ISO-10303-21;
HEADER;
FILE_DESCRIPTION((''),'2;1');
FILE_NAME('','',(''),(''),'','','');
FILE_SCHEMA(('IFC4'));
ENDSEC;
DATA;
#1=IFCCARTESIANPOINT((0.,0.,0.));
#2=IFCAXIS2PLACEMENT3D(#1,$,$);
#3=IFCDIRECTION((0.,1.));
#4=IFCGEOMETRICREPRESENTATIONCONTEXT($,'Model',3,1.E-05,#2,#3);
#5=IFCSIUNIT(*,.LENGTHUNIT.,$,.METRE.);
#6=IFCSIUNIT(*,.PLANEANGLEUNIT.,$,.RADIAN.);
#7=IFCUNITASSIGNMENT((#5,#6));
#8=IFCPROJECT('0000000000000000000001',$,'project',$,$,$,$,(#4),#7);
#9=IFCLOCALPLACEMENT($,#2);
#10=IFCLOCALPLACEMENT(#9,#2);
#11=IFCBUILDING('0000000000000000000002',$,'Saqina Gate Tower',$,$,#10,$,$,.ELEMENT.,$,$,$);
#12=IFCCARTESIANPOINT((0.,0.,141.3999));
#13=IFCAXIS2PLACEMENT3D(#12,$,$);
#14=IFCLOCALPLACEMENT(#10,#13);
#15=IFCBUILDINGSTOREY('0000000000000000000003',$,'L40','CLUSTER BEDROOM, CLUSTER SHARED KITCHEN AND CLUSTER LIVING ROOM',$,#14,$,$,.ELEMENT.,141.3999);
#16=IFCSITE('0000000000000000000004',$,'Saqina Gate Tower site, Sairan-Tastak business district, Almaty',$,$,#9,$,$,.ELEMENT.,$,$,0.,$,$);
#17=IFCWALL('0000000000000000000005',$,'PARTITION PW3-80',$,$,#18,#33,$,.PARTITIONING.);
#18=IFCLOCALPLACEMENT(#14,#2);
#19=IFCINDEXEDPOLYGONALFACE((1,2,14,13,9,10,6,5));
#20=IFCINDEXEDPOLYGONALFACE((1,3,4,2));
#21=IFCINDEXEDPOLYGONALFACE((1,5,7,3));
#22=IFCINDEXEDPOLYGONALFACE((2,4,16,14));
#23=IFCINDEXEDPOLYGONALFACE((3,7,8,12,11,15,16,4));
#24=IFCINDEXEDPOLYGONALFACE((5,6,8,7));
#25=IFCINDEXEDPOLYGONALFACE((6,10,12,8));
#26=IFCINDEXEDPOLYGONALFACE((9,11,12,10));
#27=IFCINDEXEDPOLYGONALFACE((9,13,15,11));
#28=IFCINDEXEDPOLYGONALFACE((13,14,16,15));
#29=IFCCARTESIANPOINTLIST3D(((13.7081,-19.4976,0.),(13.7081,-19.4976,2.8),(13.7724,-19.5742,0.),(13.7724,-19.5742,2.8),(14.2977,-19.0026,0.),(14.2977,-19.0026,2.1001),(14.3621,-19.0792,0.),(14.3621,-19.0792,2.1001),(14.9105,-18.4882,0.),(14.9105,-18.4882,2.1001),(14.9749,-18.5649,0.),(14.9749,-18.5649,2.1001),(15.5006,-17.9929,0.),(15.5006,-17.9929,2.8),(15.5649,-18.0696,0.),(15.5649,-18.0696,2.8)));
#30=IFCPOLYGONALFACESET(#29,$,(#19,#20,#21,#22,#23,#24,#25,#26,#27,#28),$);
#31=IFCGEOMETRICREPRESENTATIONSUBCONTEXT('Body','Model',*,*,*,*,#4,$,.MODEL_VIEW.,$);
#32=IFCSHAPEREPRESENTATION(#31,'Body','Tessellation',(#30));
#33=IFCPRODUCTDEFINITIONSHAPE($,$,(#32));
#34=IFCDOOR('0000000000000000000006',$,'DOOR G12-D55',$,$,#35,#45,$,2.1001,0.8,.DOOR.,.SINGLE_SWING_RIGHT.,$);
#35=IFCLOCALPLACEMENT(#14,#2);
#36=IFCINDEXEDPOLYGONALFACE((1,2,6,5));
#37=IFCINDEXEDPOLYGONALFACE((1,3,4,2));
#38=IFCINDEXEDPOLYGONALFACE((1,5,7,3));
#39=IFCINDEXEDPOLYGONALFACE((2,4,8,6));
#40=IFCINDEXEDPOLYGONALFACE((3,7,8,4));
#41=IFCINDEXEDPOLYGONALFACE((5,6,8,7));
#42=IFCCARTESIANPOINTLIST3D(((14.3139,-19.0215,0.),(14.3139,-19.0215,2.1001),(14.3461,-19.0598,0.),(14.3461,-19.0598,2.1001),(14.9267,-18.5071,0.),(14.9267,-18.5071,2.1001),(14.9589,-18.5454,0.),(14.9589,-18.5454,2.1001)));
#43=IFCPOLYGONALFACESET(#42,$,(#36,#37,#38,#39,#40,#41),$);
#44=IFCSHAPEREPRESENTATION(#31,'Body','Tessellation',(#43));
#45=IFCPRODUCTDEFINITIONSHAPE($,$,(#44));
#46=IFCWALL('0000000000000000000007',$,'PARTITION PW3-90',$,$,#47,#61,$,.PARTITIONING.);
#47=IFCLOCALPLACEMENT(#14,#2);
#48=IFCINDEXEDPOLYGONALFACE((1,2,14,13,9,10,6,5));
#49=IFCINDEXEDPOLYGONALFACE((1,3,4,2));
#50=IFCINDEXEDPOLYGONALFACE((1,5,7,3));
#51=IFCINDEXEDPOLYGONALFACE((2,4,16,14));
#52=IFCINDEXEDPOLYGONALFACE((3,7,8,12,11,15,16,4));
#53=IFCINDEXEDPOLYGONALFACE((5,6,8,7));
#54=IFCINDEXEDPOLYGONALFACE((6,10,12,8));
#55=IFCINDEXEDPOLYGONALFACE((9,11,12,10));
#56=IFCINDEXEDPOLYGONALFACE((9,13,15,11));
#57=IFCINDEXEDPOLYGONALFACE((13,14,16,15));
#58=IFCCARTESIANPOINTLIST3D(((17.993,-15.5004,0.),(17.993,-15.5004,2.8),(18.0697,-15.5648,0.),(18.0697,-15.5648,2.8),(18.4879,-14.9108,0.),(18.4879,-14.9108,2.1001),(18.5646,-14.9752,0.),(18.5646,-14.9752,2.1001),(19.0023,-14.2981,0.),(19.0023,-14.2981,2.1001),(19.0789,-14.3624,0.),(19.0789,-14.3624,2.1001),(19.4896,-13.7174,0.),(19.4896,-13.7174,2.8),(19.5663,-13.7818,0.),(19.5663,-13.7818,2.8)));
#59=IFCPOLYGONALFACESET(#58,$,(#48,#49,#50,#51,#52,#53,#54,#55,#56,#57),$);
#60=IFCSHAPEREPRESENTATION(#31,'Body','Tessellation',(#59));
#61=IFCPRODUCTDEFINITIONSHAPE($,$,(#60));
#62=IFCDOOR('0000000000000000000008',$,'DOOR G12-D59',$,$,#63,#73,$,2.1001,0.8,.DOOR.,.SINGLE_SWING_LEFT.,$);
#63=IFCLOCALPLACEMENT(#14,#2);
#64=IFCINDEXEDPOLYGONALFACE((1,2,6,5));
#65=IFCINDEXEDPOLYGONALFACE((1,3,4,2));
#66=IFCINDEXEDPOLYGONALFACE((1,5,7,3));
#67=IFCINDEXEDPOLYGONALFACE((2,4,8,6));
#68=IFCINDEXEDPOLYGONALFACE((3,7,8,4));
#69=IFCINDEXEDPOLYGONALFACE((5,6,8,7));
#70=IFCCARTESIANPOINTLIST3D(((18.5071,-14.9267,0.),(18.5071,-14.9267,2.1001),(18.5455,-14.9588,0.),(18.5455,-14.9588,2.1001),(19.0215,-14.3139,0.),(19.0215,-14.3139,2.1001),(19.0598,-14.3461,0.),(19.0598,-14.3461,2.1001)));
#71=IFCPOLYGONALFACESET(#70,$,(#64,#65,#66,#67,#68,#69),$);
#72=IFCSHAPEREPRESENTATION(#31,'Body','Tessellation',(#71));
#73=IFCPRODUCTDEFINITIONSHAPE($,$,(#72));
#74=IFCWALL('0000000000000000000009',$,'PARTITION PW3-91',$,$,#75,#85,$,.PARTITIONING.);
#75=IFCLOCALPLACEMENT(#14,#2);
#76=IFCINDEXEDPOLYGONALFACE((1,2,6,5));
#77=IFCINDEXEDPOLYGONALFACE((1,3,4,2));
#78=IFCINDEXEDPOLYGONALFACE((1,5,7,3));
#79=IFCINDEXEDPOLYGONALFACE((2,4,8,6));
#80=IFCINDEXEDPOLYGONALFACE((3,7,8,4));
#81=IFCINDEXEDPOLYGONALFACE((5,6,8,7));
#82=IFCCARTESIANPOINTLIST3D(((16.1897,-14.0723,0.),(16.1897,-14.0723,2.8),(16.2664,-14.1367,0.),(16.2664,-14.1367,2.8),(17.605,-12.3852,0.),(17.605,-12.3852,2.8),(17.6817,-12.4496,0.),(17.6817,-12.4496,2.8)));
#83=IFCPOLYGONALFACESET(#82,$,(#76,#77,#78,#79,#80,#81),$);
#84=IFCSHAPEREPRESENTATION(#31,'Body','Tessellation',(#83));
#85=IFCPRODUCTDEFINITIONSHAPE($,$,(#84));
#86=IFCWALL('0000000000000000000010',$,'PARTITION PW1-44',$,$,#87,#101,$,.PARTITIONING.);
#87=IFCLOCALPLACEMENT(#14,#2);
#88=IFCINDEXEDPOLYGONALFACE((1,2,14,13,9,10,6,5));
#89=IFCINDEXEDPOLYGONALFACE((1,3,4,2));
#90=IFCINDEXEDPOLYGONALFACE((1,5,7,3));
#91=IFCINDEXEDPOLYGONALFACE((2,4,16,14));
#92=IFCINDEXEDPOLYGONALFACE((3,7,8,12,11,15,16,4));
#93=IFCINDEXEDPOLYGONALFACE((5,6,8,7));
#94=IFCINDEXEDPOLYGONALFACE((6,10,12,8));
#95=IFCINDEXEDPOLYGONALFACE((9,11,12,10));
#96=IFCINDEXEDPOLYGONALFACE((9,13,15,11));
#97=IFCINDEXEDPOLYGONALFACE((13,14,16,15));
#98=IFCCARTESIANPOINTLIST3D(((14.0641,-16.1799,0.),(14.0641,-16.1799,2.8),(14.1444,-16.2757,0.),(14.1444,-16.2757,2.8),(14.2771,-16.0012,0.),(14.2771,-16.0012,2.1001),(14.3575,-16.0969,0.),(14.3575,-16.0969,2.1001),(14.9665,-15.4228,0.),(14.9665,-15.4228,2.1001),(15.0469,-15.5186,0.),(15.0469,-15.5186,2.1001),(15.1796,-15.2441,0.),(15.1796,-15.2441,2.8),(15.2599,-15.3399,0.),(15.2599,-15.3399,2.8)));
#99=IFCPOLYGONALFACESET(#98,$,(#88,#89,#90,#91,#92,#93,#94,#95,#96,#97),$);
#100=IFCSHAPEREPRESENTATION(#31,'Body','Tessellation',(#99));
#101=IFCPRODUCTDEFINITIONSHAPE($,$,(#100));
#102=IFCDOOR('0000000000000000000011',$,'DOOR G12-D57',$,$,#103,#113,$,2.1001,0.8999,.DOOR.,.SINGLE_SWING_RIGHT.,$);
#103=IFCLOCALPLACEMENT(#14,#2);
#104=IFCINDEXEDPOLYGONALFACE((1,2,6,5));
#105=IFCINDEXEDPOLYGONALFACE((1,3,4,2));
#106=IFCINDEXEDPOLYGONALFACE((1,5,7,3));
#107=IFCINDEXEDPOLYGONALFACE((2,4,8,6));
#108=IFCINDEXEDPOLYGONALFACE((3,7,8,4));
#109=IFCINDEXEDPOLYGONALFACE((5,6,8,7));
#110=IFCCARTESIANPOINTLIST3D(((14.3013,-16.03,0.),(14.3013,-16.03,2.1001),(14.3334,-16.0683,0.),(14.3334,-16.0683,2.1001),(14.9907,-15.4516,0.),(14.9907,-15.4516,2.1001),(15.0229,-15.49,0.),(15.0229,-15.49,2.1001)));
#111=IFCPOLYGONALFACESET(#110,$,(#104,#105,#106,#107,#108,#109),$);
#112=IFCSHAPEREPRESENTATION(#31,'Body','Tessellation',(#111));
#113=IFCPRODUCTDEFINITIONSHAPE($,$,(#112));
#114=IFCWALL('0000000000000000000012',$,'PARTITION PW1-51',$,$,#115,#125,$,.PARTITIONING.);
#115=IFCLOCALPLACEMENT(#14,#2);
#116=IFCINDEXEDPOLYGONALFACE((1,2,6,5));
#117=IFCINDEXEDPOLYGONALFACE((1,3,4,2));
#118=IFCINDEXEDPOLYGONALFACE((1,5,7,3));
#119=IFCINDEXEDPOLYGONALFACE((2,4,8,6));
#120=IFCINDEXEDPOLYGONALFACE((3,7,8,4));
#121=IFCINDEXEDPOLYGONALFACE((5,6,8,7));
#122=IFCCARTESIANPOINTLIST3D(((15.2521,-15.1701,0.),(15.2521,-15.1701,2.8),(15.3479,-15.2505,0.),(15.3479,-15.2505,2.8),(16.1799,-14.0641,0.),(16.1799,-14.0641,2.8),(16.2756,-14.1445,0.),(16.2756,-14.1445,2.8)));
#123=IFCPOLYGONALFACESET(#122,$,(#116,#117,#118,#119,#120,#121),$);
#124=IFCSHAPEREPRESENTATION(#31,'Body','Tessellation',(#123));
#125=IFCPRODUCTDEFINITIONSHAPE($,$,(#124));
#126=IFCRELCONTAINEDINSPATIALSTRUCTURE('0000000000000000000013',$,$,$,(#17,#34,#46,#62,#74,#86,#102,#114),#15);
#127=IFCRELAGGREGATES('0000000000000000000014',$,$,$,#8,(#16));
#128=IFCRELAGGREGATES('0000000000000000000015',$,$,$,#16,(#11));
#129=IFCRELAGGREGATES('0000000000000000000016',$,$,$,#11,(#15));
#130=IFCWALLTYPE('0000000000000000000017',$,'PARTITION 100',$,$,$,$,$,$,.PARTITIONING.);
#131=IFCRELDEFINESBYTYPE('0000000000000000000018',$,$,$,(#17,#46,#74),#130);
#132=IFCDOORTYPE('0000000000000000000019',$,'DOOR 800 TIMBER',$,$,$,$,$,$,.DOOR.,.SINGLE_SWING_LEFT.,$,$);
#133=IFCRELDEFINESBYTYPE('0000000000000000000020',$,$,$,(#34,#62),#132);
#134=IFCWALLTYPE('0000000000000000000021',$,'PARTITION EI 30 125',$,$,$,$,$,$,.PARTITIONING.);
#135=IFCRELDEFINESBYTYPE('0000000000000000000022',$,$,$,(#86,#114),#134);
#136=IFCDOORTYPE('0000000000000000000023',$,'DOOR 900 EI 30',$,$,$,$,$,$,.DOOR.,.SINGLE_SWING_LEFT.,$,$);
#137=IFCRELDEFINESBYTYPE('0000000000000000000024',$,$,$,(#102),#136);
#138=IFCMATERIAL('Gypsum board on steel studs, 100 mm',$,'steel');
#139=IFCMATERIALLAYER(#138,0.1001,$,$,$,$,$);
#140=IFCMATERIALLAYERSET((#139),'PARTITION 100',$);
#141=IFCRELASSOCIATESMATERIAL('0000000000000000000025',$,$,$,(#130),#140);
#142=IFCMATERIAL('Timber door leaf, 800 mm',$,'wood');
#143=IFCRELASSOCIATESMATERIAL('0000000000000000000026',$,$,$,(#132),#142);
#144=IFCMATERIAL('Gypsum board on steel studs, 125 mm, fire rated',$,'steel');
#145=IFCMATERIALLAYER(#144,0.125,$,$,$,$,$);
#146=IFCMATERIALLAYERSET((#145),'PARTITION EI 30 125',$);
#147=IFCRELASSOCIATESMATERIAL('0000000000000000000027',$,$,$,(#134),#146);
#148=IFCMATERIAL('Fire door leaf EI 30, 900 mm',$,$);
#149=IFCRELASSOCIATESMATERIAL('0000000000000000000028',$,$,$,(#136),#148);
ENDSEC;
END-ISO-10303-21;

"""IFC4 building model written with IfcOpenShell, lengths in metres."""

from ifc_helpers import new_model, si_unit, direction, frame, frame_2d, origin, place, context, subcontext, project, spatial, rectangle, extrude, material, layer, layer_set, type_object, element, fill, save


model = new_model("IFC4")

# Units and contexts
model_context = context("Model", 3, precision=1e-05, world=origin(), true_north=direction((0.0, 1.0)))
body_context = subcontext(model_context, "Body", "Model", "MODEL_VIEW")
ifc_project = project(units=[si_unit("LENGTHUNIT", "METRE"), si_unit("PLANEANGLEUNIT", "RADIAN")], contexts=[model_context])

# Site, building, storey
site_placement = place(None, origin())
site = spatial("IfcSite", under=ifc_project, at=site_placement, Name="Saqina Gate Tower site, Sairan-Tastak business district, Almaty", CompositionType="ELEMENT", RefElevation=0.0)
building_placement = place(site_placement, origin())
building = spatial("IfcBuilding", under=site, at=building_placement, Name="Saqina Gate Tower", CompositionType="ELEMENT")
storey_placement = place(building_placement, frame((0.0, 0.0, 141.3999)))
storey = spatial("IfcBuildingStorey", under=building, at=storey_placement, Name="L40", Description="CLUSTER BEDROOM, CLUSTER SHARED KITCHEN AND CLUSTER LIVING ROOM", CompositionType="ELEMENT", Elevation=141.3999)

# Shared definitions
ifc_material_1 = material(Name="Gypsum board on steel studs, 100 mm", Category="steel")
ifc_layer_1 = layer(ifc_material_1, 0.1001)
ifc_layer_set_1 = layer_set([ifc_layer_1], Name="PARTITION 100")
wall_type_1 = type_object("IfcWallType", Name="PARTITION 100", PredefinedType="PARTITIONING", material=ifc_layer_set_1)

# Walls, openings, doors
wall_1_placement = place(storey_placement, frame((13.7402, -19.5359, 0.0), z_axis=(0.0, 0.0, 1.0), x_axis=(0.765925, 0.64293, 0.0)))
wall_1 = element("IfcWall", 1, at=wall_1_placement, inside=storey, type_object=wall_type_1, Name="PARTITION PW3-80", PredefinedType="PARTITIONING", context=body_context, shape_type="SweptSolid", body=[
    extrude(rectangle(XDim=2.3403, YDim=0.1001, at=frame_2d((1.1702, 0.0))), origin(), (0.0, 0.0, 1.0), 2.8),
])
opening_1_placement = place(wall_1_placement, frame((0.77, 0.0, 0.0)))
opening_1 = element("IfcOpeningElement", 2, at=opening_1_placement, cuts=wall_1, PredefinedType="OPENING", context=body_context, shape_type="SweptSolid", body=[
    extrude(rectangle(XDim=0.8, YDim=2.1001, at=frame_2d((0.3999, 1.05))), frame((0.0, 0.062, 0.0), z_axis=(0.0, -1.0, 0.0), x_axis=(1.0, 0.0, 0.0)), (0.0, 0.0, 1.0), 0.124),
])
ifc_material_2 = material(Name="Timber door leaf, 800 mm", Category="wood")
door_type_1 = type_object("IfcDoorType", Name="DOOR 800 TIMBER", OperationType="SINGLE_SWING_LEFT", PredefinedType="DOOR", material=ifc_material_2)
door_1_placement = place(opening_1_placement, frame((0.8, 0.0, 0.0), z_axis=(0.0, 0.0, 1.0), x_axis=(-1.0, 0.0, 0.0)))
door_1 = element("IfcDoor", 3, at=door_1_placement, inside=storey, type_object=door_type_1, Name="DOOR G12-D55", OperationType="SINGLE_SWING_RIGHT", OverallHeight=2.1001, OverallWidth=0.8, PredefinedType="DOOR", context=body_context, shape_type="SweptSolid", body=[
    extrude(rectangle(XDim=0.8, YDim=2.1001, at=frame_2d((0.3999, 1.05))), frame((0.0, 0.0249, 0.0), z_axis=(0.0, -1.0, 0.0), x_axis=(1.0, 0.0, 0.0)), (0.0, 0.0, 1.0), 0.05),
])
fill(opening_1, door_1)
wall_2_placement = place(storey_placement, frame((18.0312, -15.5327, 0.0), z_axis=(0.0, 0.0, 1.0), x_axis=(0.642914, 0.765938, 0.0)))
wall_2 = element("IfcWall", 4, at=wall_2_placement, inside=storey, type_object=wall_type_1, Name="PARTITION PW3-90", PredefinedType="PARTITIONING", context=body_context, shape_type="SweptSolid", body=[
    extrude(rectangle(XDim=2.3279, YDim=0.1001, at=frame_2d((1.1641, 0.0))), origin(), (0.0, 0.0, 1.0), 2.8),
])
opening_2_placement = place(wall_2_placement, frame((0.77, 0.0, 0.0)))
opening_2 = element("IfcOpeningElement", 5, at=opening_2_placement, cuts=wall_2, PredefinedType="OPENING", context=body_context, shape_type="SweptSolid", body=[
    extrude(rectangle(XDim=0.8, YDim=2.1001, at=frame_2d((0.3999, 1.05))), frame((0.0, 0.062, 0.0), z_axis=(0.0, -1.0, 0.0), x_axis=(1.0, 0.0, 0.0)), (0.0, 0.0, 1.0), 0.124),
])
door_2_placement = place(opening_2_placement, frame((0.8, 0.0, 0.0), z_axis=(0.0, 0.0, 1.0), x_axis=(-1.0, 0.0, 0.0)))
door_2 = element("IfcDoor", 6, at=door_2_placement, inside=storey, type_object=door_type_1, Name="DOOR G12-D59", OperationType="SINGLE_SWING_LEFT", OverallHeight=2.1001, OverallWidth=0.8, PredefinedType="DOOR", context=body_context, shape_type="SweptSolid", body=[
    extrude(rectangle(XDim=0.8, YDim=2.1001, at=frame_2d((0.3999, 1.05))), frame((0.0, 0.0249, 0.0), z_axis=(0.0, -1.0, 0.0), x_axis=(1.0, 0.0, 0.0)), (0.0, 0.0, 1.0), 0.05),
])
fill(opening_2, door_2)

# Wall
wall_3_placement = place(storey_placement, frame((16.228, -14.1045, 0.0), z_axis=(0.0, 0.0, 1.0), x_axis=(0.642711, 0.766109, 0.0)))
element("IfcWall", 7, at=wall_3_placement, inside=storey, type_object=wall_type_1, Name="PARTITION PW3-91", PredefinedType="PARTITIONING", context=body_context, shape_type="SweptSolid", body=[
    extrude(rectangle(XDim=2.2021, YDim=0.1001, at=frame_2d((1.1011, 0.0))), origin(), (0.0, 0.0, 1.0), 2.8),
])

# Wall, opening, door
ifc_material_3 = material(Name="Gypsum board on steel studs, 125 mm, fire rated", Category="steel")
ifc_layer_2 = layer(ifc_material_3, 0.125)
ifc_layer_set_2 = layer_set([ifc_layer_2], Name="PARTITION EI 30 125")
wall_type_2 = type_object("IfcWallType", Name="PARTITION EI 30 125", PredefinedType="PARTITIONING", material=ifc_layer_set_2)
wall_4_placement = place(storey_placement, frame((14.1042, -16.2278, 0.0), z_axis=(0.0, 0.0, 1.0), x_axis=(0.766114, 0.642704, 0.0)))
wall_4 = element("IfcWall", 8, at=wall_4_placement, inside=storey, type_object=wall_type_2, Name="PARTITION PW1-44", PredefinedType="PARTITIONING", context=body_context, shape_type="SweptSolid", body=[
    extrude(rectangle(XDim=1.4561, YDim=0.125, at=frame_2d((0.728, 0.0))), origin(), (0.0, 0.0, 1.0), 2.8),
])
opening_3_placement = place(wall_4_placement, frame((0.2781, 0.0, 0.0)))
opening_3 = element("IfcOpeningElement", 9, at=opening_3_placement, cuts=wall_4, PredefinedType="OPENING", context=body_context, shape_type="SweptSolid", body=[
    extrude(rectangle(XDim=0.8999, YDim=2.1001, at=frame_2d((0.45, 1.05))), frame((0.0, 0.0745, 0.0), z_axis=(0.0, -1.0, 0.0), x_axis=(1.0, 0.0, 0.0)), (0.0, 0.0, 1.0), 0.1489),
])
ifc_material_4 = material(Name="Fire door leaf EI 30, 900 mm")
door_type_2 = type_object("IfcDoorType", Name="DOOR 900 EI 30", OperationType="SINGLE_SWING_LEFT", PredefinedType="DOOR", material=ifc_material_4)
door_3_placement = place(opening_3_placement, origin())
door_3 = element("IfcDoor", 10, at=door_3_placement, inside=storey, type_object=door_type_2, Name="DOOR G12-D57", OperationType="SINGLE_SWING_RIGHT", OverallHeight=2.1001, OverallWidth=0.8999, PredefinedType="DOOR", context=body_context, shape_type="SweptSolid", body=[
    extrude(rectangle(XDim=0.8999, YDim=2.1001, at=frame_2d((0.45, 1.05))), frame((0.0, 0.0249, 0.0), z_axis=(0.0, -1.0, 0.0), x_axis=(1.0, 0.0, 0.0)), (0.0, 0.0, 1.0), 0.05),
])
fill(opening_3, door_3)

# Wall
wall_5_placement = place(storey_placement, frame((15.3, -15.2102, 0.0), z_axis=(0.0, 0.0, 1.0), x_axis=(0.642676, 0.766138, 0.0)))
element("IfcWall", 11, at=wall_5_placement, inside=storey, type_object=wall_type_2, Name="PARTITION PW1-51", PredefinedType="PARTITIONING", context=body_context, shape_type="SweptSolid", body=[
    extrude(rectangle(XDim=1.4436, YDim=0.125, at=frame_2d((0.7217, 0.0))), origin(), (0.0, 0.0, 1.0), 2.8),
])

save(model, "model.ifc")
